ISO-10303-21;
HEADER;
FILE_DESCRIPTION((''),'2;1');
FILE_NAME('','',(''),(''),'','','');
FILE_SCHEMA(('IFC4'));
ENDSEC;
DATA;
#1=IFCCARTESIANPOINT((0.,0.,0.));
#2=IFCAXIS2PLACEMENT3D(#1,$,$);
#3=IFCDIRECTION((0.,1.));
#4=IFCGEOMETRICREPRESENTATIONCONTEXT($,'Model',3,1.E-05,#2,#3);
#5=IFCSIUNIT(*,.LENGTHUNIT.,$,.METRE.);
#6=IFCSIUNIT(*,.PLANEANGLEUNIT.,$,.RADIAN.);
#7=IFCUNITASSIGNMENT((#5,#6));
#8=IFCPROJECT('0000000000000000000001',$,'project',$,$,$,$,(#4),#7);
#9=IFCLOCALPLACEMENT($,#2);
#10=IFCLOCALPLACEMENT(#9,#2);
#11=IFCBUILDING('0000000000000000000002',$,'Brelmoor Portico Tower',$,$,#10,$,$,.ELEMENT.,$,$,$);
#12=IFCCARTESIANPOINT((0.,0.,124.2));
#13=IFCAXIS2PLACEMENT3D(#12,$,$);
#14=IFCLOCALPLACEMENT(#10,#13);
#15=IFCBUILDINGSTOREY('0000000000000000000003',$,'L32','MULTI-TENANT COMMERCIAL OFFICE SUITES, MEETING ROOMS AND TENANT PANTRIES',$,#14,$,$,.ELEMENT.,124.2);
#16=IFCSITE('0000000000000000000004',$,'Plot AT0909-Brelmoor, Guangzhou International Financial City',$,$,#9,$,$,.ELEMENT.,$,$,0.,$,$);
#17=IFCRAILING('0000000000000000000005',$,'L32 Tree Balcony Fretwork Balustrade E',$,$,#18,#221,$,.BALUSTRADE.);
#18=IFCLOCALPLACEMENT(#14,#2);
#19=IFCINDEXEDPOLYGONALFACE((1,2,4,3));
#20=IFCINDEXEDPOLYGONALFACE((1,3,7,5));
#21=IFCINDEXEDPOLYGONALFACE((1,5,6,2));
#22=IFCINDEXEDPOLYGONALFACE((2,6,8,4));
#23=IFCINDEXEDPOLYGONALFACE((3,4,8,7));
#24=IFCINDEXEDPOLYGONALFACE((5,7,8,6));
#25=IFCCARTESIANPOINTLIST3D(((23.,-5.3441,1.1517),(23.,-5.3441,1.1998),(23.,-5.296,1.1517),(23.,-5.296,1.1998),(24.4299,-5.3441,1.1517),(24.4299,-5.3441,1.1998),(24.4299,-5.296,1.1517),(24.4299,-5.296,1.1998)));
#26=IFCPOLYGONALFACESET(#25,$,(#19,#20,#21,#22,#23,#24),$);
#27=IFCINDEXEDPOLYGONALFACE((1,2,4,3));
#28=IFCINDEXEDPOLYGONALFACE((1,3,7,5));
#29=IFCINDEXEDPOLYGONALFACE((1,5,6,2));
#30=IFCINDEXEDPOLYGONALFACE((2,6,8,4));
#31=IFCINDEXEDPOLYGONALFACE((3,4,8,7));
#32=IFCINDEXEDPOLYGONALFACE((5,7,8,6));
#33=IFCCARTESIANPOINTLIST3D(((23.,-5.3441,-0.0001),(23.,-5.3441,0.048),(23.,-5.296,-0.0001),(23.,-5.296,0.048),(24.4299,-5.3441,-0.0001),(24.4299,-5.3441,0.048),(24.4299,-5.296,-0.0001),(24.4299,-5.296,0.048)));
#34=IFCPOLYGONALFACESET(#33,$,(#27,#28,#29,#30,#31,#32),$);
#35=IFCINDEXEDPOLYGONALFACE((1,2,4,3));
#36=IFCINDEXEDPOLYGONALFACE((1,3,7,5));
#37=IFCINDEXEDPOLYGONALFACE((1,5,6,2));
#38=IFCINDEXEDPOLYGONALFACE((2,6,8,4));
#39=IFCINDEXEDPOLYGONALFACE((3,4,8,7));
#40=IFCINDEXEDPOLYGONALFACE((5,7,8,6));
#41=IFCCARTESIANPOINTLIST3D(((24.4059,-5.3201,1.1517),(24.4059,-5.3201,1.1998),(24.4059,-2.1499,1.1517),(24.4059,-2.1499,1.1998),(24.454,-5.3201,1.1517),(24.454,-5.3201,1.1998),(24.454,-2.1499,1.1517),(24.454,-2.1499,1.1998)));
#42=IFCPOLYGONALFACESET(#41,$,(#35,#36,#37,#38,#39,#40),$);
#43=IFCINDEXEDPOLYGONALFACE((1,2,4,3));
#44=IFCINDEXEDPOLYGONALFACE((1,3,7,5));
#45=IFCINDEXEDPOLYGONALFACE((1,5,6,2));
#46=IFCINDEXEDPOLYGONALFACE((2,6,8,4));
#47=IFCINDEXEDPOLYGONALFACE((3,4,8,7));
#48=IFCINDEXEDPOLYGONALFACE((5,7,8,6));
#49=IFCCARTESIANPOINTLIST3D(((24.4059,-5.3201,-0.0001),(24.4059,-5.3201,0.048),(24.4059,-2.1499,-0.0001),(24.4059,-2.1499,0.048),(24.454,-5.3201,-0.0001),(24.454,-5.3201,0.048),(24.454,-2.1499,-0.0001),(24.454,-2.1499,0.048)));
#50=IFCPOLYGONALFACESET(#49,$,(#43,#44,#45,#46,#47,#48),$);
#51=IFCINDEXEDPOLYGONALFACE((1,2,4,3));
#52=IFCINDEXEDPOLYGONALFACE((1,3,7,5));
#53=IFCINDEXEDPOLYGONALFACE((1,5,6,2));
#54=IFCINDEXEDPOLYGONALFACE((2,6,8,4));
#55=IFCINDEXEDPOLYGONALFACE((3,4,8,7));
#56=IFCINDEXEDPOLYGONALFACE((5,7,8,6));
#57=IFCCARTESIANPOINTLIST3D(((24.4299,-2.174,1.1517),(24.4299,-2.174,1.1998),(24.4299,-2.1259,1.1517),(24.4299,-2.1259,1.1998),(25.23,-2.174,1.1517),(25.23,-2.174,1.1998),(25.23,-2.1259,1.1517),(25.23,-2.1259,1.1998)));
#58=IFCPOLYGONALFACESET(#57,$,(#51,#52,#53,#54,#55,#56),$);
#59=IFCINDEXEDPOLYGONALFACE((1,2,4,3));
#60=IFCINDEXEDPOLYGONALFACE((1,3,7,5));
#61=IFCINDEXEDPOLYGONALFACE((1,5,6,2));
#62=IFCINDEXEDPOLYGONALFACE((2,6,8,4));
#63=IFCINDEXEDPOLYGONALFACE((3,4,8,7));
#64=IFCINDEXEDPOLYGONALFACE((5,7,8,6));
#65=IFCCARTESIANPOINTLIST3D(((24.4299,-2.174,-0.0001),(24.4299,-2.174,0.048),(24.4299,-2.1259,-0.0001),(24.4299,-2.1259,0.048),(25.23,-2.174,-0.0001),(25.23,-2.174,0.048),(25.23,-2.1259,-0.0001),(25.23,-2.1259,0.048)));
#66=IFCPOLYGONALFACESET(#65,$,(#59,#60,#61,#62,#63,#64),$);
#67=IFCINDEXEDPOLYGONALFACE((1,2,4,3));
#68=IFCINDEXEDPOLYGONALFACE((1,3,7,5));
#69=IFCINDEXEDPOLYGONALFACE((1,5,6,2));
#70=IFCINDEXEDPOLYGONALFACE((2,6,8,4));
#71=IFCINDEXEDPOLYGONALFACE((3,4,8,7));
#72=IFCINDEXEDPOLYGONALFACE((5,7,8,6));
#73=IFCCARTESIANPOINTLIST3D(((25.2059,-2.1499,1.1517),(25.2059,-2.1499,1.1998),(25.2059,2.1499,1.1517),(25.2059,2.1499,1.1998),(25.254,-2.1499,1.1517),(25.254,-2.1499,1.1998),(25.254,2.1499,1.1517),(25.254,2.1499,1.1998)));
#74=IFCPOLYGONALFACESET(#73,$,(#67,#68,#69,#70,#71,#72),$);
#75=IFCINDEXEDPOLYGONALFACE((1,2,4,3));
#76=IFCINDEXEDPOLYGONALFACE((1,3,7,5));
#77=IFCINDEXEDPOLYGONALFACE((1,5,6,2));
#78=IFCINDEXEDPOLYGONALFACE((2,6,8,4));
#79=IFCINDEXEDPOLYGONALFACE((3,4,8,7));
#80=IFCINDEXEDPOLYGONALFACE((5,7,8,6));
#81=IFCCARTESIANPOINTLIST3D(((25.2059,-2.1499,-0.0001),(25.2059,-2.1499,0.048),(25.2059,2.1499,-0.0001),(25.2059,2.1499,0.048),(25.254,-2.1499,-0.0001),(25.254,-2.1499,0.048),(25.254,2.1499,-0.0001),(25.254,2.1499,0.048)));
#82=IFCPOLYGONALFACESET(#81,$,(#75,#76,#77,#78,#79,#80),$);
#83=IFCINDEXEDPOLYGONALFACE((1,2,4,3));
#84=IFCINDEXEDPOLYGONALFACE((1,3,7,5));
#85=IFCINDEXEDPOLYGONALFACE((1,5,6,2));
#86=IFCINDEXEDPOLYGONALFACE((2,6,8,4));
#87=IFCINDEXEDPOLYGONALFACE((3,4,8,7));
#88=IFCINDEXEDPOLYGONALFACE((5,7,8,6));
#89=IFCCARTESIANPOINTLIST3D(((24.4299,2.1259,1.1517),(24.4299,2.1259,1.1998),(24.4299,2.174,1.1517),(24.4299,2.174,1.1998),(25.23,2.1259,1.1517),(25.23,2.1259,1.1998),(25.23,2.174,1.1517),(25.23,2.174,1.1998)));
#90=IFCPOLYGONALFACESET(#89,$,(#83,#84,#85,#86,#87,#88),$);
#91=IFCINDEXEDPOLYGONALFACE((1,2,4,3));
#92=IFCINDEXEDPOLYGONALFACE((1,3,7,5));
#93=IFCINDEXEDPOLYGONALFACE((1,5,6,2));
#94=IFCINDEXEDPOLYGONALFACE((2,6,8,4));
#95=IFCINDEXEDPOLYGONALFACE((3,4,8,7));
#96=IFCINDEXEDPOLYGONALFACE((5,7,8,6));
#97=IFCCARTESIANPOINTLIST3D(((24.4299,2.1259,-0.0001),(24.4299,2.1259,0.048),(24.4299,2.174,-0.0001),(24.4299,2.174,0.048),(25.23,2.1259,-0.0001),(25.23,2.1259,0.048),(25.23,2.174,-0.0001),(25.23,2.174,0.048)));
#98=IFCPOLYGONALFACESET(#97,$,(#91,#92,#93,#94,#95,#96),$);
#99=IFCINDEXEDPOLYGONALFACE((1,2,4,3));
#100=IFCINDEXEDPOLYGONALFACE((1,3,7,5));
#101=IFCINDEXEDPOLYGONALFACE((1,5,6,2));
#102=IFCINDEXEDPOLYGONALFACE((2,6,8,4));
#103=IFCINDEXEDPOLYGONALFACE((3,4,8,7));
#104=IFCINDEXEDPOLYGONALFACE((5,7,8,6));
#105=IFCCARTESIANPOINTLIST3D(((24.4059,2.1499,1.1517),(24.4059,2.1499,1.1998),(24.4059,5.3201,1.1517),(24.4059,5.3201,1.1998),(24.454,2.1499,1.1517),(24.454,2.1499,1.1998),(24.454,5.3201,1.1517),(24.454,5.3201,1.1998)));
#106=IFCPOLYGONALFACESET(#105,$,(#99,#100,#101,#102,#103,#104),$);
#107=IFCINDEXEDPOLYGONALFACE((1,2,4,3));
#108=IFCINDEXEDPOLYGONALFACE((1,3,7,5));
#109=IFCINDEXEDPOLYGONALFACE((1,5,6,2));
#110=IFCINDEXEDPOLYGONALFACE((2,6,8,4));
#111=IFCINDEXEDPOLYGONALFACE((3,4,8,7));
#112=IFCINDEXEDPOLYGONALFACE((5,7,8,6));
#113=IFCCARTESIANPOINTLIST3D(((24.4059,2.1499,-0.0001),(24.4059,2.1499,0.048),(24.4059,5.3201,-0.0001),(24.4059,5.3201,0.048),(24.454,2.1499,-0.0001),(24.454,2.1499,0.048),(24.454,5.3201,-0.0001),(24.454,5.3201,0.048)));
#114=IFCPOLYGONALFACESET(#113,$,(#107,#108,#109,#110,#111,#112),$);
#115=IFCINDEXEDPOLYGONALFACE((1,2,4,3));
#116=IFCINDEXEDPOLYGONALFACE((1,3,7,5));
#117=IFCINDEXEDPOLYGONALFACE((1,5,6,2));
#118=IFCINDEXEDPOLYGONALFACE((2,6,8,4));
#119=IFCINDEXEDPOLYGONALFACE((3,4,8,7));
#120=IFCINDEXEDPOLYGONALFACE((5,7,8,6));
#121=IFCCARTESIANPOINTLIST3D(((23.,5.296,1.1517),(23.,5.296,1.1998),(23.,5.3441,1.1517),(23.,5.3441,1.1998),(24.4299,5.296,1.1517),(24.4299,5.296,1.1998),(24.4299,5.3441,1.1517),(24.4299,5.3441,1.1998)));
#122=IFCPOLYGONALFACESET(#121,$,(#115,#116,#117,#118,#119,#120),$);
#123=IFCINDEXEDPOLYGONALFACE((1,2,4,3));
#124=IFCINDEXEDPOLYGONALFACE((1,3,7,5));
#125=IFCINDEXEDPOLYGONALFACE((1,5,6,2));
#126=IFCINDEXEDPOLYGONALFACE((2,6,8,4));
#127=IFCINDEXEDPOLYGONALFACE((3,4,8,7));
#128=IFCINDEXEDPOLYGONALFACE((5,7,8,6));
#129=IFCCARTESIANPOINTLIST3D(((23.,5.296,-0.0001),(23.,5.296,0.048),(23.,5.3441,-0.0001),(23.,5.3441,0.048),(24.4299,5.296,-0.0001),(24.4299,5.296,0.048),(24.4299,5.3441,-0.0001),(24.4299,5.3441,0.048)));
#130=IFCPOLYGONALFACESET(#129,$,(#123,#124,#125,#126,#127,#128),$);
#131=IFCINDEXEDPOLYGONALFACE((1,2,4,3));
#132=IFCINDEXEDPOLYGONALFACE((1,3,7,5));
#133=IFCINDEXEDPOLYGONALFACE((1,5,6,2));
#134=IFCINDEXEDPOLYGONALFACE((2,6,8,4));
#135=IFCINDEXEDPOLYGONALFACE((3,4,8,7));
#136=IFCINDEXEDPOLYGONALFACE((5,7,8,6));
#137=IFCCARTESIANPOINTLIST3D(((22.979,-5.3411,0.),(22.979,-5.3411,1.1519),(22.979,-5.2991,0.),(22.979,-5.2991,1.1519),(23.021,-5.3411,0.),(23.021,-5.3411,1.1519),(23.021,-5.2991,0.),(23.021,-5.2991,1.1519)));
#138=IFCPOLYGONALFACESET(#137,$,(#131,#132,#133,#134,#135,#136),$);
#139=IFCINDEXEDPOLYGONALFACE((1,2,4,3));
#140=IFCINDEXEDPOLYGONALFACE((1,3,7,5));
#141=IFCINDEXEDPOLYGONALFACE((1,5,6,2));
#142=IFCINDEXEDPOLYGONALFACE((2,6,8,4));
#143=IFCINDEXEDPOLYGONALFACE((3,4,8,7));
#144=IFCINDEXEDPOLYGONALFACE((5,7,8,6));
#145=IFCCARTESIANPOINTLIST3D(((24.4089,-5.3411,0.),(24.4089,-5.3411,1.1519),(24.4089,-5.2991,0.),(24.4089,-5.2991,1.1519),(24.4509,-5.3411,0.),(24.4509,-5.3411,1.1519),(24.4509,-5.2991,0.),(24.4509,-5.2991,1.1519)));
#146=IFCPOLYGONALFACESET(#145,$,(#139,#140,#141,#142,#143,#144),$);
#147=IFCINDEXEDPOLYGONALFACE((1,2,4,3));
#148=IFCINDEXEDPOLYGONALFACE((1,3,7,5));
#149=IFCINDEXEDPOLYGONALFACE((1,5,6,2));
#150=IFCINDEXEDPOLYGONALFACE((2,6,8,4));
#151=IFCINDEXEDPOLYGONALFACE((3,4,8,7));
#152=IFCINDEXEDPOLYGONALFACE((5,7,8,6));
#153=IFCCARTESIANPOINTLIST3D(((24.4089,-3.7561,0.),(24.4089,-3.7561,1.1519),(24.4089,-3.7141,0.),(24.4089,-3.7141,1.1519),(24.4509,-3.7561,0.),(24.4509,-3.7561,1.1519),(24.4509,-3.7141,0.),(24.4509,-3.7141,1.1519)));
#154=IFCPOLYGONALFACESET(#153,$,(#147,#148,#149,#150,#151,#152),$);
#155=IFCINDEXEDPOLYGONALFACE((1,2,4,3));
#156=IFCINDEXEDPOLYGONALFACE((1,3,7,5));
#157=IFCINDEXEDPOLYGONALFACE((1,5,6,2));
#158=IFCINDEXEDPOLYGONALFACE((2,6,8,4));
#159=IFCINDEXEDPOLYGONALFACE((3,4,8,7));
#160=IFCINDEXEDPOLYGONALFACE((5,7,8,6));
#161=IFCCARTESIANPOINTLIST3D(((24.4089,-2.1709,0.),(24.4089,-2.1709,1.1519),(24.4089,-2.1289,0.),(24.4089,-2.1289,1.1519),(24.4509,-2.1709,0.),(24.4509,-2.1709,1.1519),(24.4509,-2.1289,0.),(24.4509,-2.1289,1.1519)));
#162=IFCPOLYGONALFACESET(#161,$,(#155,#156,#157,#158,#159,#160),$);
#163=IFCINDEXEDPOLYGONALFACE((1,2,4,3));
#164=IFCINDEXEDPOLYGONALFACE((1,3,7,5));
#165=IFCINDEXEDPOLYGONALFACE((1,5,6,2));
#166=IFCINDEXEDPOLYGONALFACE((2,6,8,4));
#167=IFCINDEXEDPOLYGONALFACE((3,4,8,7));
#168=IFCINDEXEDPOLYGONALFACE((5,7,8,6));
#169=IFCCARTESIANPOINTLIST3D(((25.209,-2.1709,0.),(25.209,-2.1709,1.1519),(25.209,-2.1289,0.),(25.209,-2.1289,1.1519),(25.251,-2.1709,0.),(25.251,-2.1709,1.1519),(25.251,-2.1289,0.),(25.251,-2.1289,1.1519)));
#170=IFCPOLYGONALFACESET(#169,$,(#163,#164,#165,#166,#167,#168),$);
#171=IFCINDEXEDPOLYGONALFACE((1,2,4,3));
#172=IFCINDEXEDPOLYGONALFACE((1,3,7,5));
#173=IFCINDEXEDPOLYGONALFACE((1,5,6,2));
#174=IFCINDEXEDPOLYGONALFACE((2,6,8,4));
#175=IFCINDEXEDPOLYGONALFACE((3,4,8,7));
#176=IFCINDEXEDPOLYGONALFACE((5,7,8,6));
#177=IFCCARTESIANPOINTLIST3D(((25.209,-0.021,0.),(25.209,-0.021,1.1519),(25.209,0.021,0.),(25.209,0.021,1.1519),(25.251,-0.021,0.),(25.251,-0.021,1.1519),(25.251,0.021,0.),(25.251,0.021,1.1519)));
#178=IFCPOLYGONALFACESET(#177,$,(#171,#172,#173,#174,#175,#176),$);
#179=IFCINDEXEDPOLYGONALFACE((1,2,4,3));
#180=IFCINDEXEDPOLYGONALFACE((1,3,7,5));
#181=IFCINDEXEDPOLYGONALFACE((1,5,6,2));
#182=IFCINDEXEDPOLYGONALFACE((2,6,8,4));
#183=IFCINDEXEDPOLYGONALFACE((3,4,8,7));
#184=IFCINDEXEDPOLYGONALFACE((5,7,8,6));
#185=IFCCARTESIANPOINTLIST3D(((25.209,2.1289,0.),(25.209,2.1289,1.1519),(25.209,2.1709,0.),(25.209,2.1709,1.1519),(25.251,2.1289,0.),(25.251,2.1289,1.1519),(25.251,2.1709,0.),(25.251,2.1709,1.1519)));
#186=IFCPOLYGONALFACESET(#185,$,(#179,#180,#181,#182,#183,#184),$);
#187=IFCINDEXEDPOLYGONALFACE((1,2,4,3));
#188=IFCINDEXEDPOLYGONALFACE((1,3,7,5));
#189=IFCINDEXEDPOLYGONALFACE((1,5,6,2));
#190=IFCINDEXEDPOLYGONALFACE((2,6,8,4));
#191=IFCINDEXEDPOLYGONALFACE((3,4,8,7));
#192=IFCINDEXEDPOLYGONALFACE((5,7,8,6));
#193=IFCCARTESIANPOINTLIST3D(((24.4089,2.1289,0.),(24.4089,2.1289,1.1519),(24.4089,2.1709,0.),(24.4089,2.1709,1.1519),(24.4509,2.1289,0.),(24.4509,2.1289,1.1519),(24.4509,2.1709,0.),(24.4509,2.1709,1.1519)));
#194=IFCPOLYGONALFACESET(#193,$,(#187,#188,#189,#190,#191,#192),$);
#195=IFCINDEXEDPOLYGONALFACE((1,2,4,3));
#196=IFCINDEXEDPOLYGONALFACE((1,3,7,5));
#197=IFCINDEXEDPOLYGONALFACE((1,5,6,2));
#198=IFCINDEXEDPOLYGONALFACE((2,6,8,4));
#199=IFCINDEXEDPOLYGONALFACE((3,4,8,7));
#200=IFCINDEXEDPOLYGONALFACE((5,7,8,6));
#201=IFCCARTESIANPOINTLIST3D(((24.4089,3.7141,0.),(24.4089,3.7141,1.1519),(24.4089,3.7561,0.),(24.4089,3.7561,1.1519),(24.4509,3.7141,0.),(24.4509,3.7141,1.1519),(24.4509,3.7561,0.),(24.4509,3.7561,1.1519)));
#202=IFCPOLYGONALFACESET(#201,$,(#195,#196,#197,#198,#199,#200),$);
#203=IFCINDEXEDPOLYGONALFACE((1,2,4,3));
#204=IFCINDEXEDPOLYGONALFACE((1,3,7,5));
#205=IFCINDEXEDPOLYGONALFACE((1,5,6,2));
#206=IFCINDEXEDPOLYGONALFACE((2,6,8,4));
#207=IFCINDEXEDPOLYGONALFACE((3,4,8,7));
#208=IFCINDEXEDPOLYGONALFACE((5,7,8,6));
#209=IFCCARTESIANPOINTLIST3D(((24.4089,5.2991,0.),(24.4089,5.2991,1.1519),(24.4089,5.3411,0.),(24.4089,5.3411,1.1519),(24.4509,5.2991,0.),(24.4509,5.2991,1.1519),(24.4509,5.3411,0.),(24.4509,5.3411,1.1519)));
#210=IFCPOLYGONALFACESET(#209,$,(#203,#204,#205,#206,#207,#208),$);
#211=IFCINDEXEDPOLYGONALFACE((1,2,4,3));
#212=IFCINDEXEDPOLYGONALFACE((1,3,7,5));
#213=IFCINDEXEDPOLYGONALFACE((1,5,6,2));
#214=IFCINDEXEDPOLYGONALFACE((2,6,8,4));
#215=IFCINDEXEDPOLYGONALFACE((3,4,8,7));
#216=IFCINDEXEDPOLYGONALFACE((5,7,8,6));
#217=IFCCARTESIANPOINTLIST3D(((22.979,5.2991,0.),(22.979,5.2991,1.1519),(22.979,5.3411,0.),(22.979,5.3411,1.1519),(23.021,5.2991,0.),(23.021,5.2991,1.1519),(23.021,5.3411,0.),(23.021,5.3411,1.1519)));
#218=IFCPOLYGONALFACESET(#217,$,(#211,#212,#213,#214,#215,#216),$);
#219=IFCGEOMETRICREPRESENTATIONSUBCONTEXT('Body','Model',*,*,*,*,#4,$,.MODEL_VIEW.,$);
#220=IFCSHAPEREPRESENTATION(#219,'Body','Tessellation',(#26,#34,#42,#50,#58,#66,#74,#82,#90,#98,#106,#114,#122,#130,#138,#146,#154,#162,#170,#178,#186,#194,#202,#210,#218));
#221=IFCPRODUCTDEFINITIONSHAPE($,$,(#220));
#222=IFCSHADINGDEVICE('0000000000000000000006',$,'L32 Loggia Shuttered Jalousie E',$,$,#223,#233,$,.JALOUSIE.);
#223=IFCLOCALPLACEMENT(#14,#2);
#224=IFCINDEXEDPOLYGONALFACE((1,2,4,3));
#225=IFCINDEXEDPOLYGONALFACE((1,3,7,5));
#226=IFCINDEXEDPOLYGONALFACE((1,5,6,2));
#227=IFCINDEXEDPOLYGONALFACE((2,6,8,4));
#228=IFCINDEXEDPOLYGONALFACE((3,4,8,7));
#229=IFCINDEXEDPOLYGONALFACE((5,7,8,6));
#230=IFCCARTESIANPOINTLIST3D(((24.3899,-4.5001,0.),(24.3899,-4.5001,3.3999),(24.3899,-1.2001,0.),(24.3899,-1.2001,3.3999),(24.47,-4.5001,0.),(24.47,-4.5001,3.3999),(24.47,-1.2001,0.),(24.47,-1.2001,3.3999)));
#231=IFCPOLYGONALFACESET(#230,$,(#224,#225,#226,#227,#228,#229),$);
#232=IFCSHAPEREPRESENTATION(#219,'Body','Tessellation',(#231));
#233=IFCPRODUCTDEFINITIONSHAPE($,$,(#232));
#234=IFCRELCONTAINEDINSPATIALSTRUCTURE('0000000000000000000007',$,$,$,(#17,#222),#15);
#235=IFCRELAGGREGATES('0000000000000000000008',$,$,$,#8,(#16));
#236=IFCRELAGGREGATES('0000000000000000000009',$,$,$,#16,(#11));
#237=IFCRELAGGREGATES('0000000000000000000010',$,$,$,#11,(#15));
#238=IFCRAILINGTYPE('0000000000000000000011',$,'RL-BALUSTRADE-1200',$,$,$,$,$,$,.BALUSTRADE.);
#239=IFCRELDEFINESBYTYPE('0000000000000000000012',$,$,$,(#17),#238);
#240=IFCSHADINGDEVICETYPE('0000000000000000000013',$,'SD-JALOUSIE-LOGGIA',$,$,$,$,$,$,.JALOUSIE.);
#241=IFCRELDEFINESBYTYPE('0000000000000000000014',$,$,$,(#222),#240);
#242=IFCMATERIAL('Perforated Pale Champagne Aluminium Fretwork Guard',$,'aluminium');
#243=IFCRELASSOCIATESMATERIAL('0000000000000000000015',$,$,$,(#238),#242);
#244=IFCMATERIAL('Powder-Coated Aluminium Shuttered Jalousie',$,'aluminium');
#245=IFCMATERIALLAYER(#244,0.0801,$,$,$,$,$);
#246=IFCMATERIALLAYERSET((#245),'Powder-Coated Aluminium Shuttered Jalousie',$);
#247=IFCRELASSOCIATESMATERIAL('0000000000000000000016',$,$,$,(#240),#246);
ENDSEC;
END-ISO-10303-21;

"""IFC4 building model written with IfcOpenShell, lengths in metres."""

from ifc_helpers import new_model, si_unit, direction, frame, origin, origin_2d, place, context, subcontext, project, spatial, rectangle, extrude, material, layer, layer_set, type_object, element, save


model = new_model("IFC4")

# Units and contexts
model_context = context("Model", 3, precision=1e-05, world=origin(), true_north=direction((0.0, 1.0)))
body_context = subcontext(model_context, "Body", "Model", "MODEL_VIEW")
ifc_project = project(units=[si_unit("LENGTHUNIT", "METRE"), si_unit("PLANEANGLEUNIT", "RADIAN")], contexts=[model_context])

# Site, building, storey
site_placement = place(None, origin())
site = spatial("IfcSite", under=ifc_project, at=site_placement, Name="Plot AT0909-Brelmoor, Guangzhou International Financial City", CompositionType="ELEMENT", RefElevation=0.0)
building_placement = place(site_placement, origin())
building = spatial("IfcBuilding", under=site, at=building_placement, Name="Brelmoor Portico Tower", CompositionType="ELEMENT")
storey_placement = place(building_placement, frame((0.0, 0.0, 124.2)))
storey = spatial("IfcBuildingStorey", under=building, at=storey_placement, Name="L32", Description="MULTI-TENANT COMMERCIAL OFFICE SUITES, MEETING ROOMS AND TENANT PANTRIES", CompositionType="ELEMENT", Elevation=124.2)

# Railing
ifc_material_1 = material(Name="Perforated Pale Champagne Aluminium Fretwork Guard", Category="aluminium")
railing_type = type_object("IfcRailingType", Name="RL-BALUSTRADE-1200", PredefinedType="BALUSTRADE", material=ifc_material_1)
railing_placement = place(storey_placement, frame((23.0, -5.3201, 0.0)))
element("IfcRailing", 1, at=railing_placement, inside=storey, type_object=railing_type, Name="L32 Tree Balcony Fretwork Balustrade E", PredefinedType="BALUSTRADE", context=body_context, shape_type="SweptSolid", body=[
    extrude(rectangle(XDim=0.0481, YDim=0.0481, at=origin_2d()), frame((0.0, 0.0, 1.1758), z_axis=(1.0, 0.0, 0.0), x_axis=(0.0, 1.0, 0.0)), (0.0, 0.0, 1.0), 1.4299),
    extrude(rectangle(XDim=0.0481, YDim=0.0481, at=origin_2d()), frame((0.0, 0.0, 0.0239), z_axis=(1.0, 0.0, 0.0), x_axis=(0.0, 1.0, 0.0)), (0.0, 0.0, 1.0), 1.4299),
    extrude(rectangle(XDim=0.0481, YDim=0.0481, at=origin_2d()), frame((1.4299, 0.0, 1.1758), z_axis=(0.0, 1.0, 0.0), x_axis=(-1.0, 0.0, 0.0)), (0.0, 0.0, 1.0), 3.1702),
    extrude(rectangle(XDim=0.0481, YDim=0.0481, at=origin_2d()), frame((1.4299, 0.0, 0.0239), z_axis=(0.0, 1.0, 0.0), x_axis=(-1.0, 0.0, 0.0)), (0.0, 0.0, 1.0), 3.1702),
    extrude(rectangle(XDim=0.0481, YDim=0.0481, at=origin_2d()), frame((1.4299, 3.1702, 1.1758), z_axis=(1.0, 0.0, 0.0), x_axis=(0.0, 1.0, 0.0)), (0.0, 0.0, 1.0), 0.8),
    extrude(rectangle(XDim=0.0481, YDim=0.0481, at=origin_2d()), frame((1.4299, 3.1702, 0.0239), z_axis=(1.0, 0.0, 0.0), x_axis=(0.0, 1.0, 0.0)), (0.0, 0.0, 1.0), 0.8),
    extrude(rectangle(XDim=0.0481, YDim=0.0481, at=origin_2d()), frame((2.23, 3.1702, 1.1758), z_axis=(0.0, 1.0, 0.0), x_axis=(-1.0, 0.0, 0.0)), (0.0, 0.0, 1.0), 4.2998),
    extrude(rectangle(XDim=0.0481, YDim=0.0481, at=origin_2d()), frame((2.23, 3.1702, 0.0239), z_axis=(0.0, 1.0, 0.0), x_axis=(-1.0, 0.0, 0.0)), (0.0, 0.0, 1.0), 4.2998),
    extrude(rectangle(XDim=0.0481, YDim=0.0481, at=origin_2d()), frame((2.23, 7.47, 1.1758), z_axis=(-1.0, 0.0, 0.0), x_axis=(0.0, -1.0, 0.0)), (0.0, 0.0, 1.0), 0.8),
    extrude(rectangle(XDim=0.0481, YDim=0.0481, at=origin_2d()), frame((2.23, 7.47, 0.0239), z_axis=(-1.0, 0.0, 0.0), x_axis=(0.0, -1.0, 0.0)), (0.0, 0.0, 1.0), 0.8),
    extrude(rectangle(XDim=0.0481, YDim=0.0481, at=origin_2d()), frame((1.4299, 7.47, 1.1758), z_axis=(0.0, 1.0, 0.0), x_axis=(-1.0, 0.0, 0.0)), (0.0, 0.0, 1.0), 3.1702),
    extrude(rectangle(XDim=0.0481, YDim=0.0481, at=origin_2d()), frame((1.4299, 7.47, 0.0239), z_axis=(0.0, 1.0, 0.0), x_axis=(-1.0, 0.0, 0.0)), (0.0, 0.0, 1.0), 3.1702),
    extrude(rectangle(XDim=0.0481, YDim=0.0481, at=origin_2d()), frame((1.4299, 10.6401, 1.1758), z_axis=(-1.0, 0.0, 0.0), x_axis=(0.0, -1.0, 0.0)), (0.0, 0.0, 1.0), 1.4299),
    extrude(rectangle(XDim=0.0481, YDim=0.0481, at=origin_2d()), frame((1.4299, 10.6401, 0.0239), z_axis=(-1.0, 0.0, 0.0), x_axis=(0.0, -1.0, 0.0)), (0.0, 0.0, 1.0), 1.4299),
    extrude(rectangle(XDim=0.042, YDim=0.042, at=origin_2d()), origin(), (0.0, 0.0, 1.0), 1.1519),
    extrude(rectangle(XDim=0.042, YDim=0.042, at=origin_2d()), frame((1.4299, 0.0, 0.0)), (0.0, 0.0, 1.0), 1.1519),
    extrude(rectangle(XDim=0.042, YDim=0.042, at=origin_2d()), frame((1.4299, 1.585, 0.0)), (0.0, 0.0, 1.0), 1.1519),
    extrude(rectangle(XDim=0.042, YDim=0.042, at=origin_2d()), frame((1.4299, 3.1702, 0.0)), (0.0, 0.0, 1.0), 1.1519),
    extrude(rectangle(XDim=0.042, YDim=0.042, at=origin_2d()), frame((2.23, 3.1702, 0.0)), (0.0, 0.0, 1.0), 1.1519),
    extrude(rectangle(XDim=0.042, YDim=0.042, at=origin_2d()), frame((2.23, 5.3201, 0.0)), (0.0, 0.0, 1.0), 1.1519),
    extrude(rectangle(XDim=0.042, YDim=0.042, at=origin_2d()), frame((2.23, 7.47, 0.0)), (0.0, 0.0, 1.0), 1.1519),
    extrude(rectangle(XDim=0.042, YDim=0.042, at=origin_2d()), frame((1.4299, 7.47, 0.0)), (0.0, 0.0, 1.0), 1.1519),
    extrude(rectangle(XDim=0.042, YDim=0.042, at=origin_2d()), frame((1.4299, 9.0552, 0.0)), (0.0, 0.0, 1.0), 1.1519),
    extrude(rectangle(XDim=0.042, YDim=0.042, at=origin_2d()), frame((1.4299, 10.6401, 0.0)), (0.0, 0.0, 1.0), 1.1519),
    extrude(rectangle(XDim=0.042, YDim=0.042, at=origin_2d()), frame((0.0, 10.6401, 0.0)), (0.0, 0.0, 1.0), 1.1519),
])

# Shading device
ifc_material_2 = material(Name="Powder-Coated Aluminium Shuttered Jalousie", Category="aluminium")
ifc_layer_1 = layer(ifc_material_2, 0.0801)
ifc_layer_set_1 = layer_set([ifc_layer_1], Name="Powder-Coated Aluminium Shuttered Jalousie")
shading_device_type = type_object("IfcShadingDeviceType", Name="SD-JALOUSIE-LOGGIA", PredefinedType="JALOUSIE", material=ifc_layer_set_1)
shading_device_placement = place(storey_placement, frame((24.4299, -2.8501, 0.0), z_axis=(0.0, 0.0, 1.0), x_axis=(0.0, 1.0, 0.0)))
element("IfcShadingDevice", 2, at=shading_device_placement, inside=storey, type_object=shading_device_type, Name="L32 Loggia Shuttered Jalousie E", PredefinedType="JALOUSIE", context=body_context, shape_type="SweptSolid", body=[
    extrude(rectangle(XDim=3.3, YDim=0.0801, at=origin_2d()), origin(), (0.0, 0.0, 1.0), 3.3999),
])

save(model, "model.ifc")
